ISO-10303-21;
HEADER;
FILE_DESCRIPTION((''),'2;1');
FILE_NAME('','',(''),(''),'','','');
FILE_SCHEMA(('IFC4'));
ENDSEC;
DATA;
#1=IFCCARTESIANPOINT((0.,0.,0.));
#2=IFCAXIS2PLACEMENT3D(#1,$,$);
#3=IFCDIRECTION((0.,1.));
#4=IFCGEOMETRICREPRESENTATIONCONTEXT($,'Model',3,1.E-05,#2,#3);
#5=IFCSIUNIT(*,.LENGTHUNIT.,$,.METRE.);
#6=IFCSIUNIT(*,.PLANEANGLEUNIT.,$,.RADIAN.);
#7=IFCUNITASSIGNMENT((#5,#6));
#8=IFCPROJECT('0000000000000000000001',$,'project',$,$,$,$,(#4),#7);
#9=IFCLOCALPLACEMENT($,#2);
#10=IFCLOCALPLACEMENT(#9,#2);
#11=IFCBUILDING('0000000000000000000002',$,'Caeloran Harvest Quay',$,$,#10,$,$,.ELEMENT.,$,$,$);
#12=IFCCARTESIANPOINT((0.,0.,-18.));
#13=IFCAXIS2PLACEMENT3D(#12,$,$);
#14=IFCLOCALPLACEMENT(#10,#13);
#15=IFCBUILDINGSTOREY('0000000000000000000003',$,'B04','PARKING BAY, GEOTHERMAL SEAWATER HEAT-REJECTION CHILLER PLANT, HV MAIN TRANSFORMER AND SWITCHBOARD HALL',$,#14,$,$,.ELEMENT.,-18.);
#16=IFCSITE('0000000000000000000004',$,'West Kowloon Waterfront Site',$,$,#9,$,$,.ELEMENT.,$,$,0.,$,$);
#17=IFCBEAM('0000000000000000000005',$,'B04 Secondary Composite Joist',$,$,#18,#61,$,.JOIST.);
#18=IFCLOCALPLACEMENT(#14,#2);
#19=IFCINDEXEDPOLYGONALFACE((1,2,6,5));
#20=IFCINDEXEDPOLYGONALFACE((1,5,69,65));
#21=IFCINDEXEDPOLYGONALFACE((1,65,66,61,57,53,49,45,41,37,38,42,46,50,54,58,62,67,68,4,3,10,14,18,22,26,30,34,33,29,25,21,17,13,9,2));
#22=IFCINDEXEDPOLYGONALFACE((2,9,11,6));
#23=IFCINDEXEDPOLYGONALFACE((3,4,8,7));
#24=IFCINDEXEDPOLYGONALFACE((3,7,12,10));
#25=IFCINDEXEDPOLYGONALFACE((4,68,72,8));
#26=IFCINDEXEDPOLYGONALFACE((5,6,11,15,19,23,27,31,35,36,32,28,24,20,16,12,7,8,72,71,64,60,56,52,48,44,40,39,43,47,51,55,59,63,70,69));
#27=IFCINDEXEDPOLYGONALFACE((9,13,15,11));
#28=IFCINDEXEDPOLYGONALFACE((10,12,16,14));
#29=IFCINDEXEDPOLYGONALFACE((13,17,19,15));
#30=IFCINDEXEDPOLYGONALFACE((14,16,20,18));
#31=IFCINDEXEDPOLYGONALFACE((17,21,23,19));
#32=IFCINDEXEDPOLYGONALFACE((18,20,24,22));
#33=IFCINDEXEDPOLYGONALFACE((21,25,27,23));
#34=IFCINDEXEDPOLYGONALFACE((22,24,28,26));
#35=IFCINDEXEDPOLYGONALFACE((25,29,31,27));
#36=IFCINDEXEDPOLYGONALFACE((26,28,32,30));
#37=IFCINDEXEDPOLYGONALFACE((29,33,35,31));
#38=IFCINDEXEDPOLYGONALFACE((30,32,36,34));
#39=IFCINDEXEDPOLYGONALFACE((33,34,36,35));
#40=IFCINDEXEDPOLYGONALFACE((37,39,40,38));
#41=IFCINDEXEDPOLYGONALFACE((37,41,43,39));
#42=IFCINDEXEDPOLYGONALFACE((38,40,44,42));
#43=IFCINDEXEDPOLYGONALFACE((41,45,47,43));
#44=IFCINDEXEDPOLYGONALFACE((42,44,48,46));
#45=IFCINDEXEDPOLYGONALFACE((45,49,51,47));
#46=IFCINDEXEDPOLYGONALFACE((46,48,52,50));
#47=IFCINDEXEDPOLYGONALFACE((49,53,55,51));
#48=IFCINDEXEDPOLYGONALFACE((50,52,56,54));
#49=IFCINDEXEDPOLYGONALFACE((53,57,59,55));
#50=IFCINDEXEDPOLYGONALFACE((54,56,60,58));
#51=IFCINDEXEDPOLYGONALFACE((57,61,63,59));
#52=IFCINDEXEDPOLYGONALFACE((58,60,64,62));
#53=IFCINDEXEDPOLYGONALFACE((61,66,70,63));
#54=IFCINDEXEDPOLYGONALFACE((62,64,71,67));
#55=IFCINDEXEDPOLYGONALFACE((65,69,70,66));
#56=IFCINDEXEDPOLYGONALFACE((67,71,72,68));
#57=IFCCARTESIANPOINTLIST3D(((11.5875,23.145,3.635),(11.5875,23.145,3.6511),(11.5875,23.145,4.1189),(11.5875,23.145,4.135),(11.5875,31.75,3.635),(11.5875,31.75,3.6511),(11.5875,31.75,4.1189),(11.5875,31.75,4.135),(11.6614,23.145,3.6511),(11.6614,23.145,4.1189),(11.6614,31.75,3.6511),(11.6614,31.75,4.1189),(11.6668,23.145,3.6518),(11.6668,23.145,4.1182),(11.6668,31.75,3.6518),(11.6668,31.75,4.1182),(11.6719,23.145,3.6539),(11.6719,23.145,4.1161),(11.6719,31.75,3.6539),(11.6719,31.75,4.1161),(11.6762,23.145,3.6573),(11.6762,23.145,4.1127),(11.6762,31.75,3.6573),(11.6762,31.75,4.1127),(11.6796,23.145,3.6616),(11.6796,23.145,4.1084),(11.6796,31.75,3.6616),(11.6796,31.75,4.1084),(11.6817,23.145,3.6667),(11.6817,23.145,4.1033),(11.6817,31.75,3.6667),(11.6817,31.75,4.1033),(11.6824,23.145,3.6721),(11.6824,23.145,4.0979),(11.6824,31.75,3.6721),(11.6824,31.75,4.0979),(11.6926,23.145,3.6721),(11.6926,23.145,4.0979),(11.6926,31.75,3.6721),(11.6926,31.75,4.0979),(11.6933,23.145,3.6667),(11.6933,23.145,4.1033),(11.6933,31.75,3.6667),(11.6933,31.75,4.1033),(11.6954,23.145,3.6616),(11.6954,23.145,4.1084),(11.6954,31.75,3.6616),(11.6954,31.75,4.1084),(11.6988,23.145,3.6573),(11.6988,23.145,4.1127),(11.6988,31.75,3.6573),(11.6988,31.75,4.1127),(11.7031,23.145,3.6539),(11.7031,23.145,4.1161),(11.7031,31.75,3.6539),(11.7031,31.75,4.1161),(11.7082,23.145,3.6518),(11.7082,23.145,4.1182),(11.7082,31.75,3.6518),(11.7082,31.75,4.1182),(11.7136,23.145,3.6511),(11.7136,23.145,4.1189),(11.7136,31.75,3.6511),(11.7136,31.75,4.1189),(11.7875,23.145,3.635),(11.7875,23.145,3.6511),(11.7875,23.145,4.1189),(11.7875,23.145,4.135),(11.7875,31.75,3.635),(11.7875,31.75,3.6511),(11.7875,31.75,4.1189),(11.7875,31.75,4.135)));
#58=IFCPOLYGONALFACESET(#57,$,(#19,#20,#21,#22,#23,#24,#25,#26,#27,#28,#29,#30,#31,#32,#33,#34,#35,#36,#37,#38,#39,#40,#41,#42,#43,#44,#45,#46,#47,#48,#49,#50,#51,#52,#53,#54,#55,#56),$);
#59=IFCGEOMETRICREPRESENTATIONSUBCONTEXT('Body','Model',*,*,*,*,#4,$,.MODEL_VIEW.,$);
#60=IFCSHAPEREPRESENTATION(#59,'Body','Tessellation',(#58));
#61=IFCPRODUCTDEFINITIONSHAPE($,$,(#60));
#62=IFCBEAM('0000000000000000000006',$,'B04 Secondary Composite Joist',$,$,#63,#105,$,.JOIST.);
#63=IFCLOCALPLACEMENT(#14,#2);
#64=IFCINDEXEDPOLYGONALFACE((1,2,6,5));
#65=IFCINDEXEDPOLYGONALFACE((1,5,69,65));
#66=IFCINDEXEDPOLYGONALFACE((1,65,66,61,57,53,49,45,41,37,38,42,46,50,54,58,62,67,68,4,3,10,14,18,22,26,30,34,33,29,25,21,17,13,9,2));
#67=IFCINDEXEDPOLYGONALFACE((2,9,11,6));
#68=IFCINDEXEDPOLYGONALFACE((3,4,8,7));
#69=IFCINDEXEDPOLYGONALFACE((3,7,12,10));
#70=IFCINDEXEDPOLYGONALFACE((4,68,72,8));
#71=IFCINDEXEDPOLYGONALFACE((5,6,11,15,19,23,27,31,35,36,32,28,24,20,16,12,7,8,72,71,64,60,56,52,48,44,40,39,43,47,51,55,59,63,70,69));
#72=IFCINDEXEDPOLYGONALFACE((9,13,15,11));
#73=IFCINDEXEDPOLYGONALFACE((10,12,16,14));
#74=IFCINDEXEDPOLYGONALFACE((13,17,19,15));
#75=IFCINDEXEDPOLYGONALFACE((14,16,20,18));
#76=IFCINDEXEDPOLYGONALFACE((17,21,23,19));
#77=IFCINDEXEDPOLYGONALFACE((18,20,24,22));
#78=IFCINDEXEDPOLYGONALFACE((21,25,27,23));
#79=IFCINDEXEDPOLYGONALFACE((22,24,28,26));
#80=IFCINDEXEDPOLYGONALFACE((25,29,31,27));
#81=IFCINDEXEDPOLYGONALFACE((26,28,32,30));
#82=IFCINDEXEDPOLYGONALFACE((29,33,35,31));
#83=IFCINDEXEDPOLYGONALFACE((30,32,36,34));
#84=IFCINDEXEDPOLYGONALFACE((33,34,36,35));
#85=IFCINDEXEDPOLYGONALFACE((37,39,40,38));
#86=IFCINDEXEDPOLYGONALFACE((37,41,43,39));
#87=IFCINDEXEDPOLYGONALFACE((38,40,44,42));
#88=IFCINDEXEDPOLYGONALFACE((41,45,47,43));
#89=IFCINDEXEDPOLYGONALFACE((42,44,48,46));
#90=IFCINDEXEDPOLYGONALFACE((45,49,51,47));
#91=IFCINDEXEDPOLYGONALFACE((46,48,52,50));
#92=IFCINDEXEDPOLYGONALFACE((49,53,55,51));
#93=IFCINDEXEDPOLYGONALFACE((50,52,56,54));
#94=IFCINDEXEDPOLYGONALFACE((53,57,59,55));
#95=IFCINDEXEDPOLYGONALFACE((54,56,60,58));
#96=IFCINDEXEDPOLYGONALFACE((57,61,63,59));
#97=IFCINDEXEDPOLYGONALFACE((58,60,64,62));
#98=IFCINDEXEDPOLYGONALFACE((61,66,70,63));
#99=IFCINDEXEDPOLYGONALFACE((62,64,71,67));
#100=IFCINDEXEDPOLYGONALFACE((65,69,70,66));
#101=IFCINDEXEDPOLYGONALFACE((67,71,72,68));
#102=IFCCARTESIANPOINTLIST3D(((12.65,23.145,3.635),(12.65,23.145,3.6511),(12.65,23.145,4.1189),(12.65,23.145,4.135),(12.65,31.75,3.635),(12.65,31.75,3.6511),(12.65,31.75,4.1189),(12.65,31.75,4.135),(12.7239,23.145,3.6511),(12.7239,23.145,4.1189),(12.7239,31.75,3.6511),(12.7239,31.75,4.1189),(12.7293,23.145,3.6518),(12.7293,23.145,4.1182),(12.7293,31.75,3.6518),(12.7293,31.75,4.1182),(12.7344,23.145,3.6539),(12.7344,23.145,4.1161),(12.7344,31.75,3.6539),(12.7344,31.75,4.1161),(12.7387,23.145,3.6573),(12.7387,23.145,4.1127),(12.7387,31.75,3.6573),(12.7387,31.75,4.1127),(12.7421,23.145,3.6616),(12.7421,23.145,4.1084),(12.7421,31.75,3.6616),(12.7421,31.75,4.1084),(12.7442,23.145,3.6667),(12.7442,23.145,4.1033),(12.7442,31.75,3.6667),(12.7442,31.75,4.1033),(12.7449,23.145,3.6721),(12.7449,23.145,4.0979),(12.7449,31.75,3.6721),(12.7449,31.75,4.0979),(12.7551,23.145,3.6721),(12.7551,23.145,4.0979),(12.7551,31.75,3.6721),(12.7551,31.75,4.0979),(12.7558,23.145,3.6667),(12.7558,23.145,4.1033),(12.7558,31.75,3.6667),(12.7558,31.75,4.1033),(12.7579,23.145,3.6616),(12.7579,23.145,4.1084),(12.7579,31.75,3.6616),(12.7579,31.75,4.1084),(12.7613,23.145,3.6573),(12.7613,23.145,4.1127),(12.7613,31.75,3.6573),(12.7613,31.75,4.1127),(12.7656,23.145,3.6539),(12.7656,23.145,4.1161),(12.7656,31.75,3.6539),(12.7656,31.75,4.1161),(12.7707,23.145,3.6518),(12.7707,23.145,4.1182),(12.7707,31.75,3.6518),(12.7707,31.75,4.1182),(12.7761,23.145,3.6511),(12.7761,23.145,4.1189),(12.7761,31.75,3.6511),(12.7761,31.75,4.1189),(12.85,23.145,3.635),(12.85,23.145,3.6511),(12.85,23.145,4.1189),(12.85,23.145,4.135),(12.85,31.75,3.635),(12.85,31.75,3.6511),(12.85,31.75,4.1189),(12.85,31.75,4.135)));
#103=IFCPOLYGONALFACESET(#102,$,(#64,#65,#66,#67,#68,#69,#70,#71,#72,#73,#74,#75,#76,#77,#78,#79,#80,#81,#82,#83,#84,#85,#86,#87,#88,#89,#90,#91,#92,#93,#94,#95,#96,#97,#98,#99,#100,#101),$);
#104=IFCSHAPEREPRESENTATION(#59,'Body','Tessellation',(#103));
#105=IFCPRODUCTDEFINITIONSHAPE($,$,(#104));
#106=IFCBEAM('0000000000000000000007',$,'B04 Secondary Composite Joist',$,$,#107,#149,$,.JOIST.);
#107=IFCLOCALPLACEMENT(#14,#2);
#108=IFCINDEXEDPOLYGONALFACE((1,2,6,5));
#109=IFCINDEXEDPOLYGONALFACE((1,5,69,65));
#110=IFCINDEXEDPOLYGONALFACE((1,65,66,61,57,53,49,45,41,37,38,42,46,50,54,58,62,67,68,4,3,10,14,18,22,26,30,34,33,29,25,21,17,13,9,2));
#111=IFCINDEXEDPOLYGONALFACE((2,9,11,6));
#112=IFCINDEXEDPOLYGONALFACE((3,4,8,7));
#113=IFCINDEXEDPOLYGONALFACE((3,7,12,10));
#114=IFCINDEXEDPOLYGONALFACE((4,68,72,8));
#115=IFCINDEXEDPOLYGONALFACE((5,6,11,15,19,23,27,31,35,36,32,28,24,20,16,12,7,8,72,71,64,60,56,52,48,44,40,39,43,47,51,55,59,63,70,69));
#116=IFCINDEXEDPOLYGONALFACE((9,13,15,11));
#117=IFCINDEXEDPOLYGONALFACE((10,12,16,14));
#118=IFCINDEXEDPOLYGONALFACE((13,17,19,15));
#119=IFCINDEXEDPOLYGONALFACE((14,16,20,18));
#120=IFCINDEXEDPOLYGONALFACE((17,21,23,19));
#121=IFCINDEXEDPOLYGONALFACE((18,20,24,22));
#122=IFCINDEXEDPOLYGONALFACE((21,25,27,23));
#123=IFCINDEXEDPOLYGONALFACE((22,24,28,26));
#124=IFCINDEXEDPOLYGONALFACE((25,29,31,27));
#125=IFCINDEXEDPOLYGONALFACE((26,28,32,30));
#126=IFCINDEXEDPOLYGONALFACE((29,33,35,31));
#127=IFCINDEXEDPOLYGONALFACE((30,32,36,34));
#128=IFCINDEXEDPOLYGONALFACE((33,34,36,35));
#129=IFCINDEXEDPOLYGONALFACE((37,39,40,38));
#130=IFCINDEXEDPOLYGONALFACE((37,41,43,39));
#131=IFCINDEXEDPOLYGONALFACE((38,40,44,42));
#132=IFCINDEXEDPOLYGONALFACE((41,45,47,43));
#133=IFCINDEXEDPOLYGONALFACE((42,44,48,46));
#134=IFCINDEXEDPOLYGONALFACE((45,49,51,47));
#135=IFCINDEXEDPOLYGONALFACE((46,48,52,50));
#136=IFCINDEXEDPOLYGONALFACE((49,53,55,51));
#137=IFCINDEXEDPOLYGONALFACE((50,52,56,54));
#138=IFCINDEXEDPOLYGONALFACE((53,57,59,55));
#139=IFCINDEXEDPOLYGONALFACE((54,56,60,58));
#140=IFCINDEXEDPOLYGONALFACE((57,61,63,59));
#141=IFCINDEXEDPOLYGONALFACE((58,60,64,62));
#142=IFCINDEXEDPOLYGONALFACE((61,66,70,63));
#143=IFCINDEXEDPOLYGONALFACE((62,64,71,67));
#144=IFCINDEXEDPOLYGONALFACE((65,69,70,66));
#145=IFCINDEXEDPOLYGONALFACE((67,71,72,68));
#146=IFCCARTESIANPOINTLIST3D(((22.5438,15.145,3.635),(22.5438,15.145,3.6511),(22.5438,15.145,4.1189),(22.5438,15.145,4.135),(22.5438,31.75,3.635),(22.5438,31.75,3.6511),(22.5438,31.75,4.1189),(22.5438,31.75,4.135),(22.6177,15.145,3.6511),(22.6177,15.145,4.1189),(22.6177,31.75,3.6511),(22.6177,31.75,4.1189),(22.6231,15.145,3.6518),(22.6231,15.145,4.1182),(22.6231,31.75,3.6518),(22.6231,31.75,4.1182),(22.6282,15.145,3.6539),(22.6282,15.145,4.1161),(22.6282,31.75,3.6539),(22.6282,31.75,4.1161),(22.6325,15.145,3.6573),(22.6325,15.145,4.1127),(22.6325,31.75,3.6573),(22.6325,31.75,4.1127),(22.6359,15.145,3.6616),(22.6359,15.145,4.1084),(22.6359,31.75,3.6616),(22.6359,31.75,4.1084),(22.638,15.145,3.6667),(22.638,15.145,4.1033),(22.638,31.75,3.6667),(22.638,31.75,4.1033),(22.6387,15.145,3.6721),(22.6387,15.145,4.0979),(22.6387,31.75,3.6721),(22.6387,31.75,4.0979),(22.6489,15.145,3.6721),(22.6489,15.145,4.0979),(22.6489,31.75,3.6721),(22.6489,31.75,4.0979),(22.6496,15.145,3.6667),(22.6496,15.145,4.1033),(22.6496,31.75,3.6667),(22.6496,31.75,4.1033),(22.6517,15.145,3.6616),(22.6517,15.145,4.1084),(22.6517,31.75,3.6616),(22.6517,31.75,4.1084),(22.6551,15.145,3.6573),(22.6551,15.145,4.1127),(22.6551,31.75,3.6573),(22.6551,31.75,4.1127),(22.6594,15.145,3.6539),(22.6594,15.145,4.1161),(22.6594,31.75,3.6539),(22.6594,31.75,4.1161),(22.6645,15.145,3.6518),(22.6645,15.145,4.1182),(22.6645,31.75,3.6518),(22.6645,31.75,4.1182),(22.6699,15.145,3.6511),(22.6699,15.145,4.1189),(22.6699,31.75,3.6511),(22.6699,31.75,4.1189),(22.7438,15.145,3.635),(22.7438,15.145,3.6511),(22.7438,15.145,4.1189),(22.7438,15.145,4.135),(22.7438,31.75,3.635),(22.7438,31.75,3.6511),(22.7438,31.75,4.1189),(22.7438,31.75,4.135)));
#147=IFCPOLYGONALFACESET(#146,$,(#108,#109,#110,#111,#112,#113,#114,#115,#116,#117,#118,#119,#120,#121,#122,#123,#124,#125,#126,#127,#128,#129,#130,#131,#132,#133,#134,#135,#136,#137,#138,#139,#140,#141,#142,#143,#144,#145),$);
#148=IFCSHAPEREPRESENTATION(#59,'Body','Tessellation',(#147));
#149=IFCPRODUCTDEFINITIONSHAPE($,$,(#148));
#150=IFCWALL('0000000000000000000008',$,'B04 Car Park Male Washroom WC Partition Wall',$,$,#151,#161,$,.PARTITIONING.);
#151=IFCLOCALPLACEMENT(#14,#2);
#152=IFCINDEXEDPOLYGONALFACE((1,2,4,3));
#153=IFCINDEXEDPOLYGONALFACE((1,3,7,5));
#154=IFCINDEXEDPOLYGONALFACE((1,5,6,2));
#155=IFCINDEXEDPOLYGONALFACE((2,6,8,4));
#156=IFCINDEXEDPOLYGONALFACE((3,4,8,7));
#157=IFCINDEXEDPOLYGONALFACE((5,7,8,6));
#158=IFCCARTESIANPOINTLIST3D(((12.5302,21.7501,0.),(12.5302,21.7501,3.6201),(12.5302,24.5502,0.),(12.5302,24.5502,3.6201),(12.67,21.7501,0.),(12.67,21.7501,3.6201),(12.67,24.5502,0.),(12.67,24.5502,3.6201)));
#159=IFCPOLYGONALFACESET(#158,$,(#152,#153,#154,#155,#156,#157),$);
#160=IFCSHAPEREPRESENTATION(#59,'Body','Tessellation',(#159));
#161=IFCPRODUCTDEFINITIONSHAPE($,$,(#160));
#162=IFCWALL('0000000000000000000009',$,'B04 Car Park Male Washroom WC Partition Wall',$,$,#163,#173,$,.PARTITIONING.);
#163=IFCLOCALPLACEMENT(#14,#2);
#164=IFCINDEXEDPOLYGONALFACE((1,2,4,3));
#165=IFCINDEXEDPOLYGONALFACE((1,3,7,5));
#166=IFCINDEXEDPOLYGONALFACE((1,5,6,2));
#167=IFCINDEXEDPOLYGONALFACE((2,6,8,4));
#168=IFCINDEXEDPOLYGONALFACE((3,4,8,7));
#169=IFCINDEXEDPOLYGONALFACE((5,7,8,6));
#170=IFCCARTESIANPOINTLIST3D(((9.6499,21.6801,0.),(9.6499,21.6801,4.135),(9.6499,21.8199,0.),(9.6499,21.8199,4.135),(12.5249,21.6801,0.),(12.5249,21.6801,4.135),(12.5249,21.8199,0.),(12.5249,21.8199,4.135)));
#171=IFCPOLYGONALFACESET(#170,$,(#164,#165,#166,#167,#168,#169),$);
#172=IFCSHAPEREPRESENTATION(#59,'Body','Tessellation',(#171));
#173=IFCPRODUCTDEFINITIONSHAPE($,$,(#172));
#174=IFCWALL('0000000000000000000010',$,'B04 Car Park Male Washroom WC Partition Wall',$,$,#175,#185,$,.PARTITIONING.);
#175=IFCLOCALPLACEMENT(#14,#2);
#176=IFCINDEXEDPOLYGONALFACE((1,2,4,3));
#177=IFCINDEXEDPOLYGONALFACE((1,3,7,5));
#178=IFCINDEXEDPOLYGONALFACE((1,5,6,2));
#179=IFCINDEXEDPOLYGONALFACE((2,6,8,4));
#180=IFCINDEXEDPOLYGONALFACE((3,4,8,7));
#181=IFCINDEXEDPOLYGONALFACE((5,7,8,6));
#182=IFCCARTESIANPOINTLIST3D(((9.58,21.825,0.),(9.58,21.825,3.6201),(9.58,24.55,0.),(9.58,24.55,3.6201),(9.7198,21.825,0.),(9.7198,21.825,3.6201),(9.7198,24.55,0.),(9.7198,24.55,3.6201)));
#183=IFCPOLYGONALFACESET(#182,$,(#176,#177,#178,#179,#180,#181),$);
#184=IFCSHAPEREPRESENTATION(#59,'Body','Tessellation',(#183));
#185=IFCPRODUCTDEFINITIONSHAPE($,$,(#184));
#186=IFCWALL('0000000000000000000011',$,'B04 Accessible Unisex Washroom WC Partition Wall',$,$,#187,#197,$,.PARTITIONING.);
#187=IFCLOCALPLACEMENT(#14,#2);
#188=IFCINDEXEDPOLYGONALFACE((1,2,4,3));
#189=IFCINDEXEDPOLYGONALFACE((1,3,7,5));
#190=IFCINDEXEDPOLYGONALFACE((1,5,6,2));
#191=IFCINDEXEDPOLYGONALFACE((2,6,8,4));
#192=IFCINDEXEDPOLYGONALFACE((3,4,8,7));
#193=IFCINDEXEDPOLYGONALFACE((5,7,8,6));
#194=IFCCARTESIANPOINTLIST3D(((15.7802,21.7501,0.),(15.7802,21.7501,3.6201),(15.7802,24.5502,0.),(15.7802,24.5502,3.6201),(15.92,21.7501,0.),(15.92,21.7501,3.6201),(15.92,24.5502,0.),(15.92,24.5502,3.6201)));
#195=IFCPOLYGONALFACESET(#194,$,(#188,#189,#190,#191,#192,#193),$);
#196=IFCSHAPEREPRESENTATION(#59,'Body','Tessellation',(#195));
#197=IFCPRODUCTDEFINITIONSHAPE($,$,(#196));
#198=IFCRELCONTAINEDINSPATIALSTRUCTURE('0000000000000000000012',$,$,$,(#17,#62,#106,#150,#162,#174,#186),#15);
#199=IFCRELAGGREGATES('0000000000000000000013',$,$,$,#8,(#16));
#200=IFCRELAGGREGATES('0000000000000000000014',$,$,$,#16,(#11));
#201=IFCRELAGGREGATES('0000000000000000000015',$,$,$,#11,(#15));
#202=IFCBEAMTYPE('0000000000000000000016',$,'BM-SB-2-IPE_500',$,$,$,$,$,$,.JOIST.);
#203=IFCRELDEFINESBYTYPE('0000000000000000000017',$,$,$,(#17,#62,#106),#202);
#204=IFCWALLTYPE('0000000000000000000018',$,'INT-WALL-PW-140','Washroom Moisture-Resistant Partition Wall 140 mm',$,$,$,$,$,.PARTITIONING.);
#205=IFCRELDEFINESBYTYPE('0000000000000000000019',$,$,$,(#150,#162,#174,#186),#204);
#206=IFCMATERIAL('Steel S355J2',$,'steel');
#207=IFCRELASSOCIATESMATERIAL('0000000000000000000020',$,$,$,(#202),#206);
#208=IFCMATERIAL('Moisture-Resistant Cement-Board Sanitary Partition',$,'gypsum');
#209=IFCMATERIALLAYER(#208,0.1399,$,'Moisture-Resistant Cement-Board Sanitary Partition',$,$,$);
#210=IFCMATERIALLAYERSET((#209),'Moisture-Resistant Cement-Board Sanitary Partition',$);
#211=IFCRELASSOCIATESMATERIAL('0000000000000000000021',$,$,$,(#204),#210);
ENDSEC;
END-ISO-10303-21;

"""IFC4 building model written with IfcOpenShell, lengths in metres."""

from ifc_helpers import new_model, si_unit, direction, frame, frame_2d, origin, origin_2d, place, context, subcontext, project, spatial, rectangle, i_section, extrude, material, layer, layer_set, material_profile, profile_set, type_object, element, save


model = new_model("IFC4")

# Units and contexts
model_context = context("Model", 3, precision=1e-05, world=origin(), true_north=direction((0.0, 1.0)))
body_context = subcontext(model_context, "Body", "Model", "MODEL_VIEW")
ifc_project = project(units=[si_unit("LENGTHUNIT", "METRE"), si_unit("PLANEANGLEUNIT", "RADIAN")], contexts=[model_context])

# Site, building, storey
site_placement = place(None, origin())
site = spatial("IfcSite", under=ifc_project, at=site_placement, Name="West Kowloon Waterfront Site", CompositionType="ELEMENT", RefElevation=0.0)
building_placement = place(site_placement, origin())
building = spatial("IfcBuilding", under=site, at=building_placement, Name="Caeloran Harvest Quay", CompositionType="ELEMENT")
storey_placement = place(building_placement, frame((0.0, 0.0, -18.0)))
storey = spatial("IfcBuildingStorey", under=building, at=storey_placement, Name="B04", Description="PARKING BAY, GEOTHERMAL SEAWATER HEAT-REJECTION CHILLER PLANT, HV MAIN TRANSFORMER AND SWITCHBOARD HALL", CompositionType="ELEMENT", Elevation=-18.0)

# Beams
ifc_material_1 = material(Name="Steel S355J2", Category="steel")
ifc_material_profile_1 = material_profile(ifc_material_1, i_section(OverallWidth=0.2, OverallDepth=0.5, WebThickness=0.0103, FlangeThickness=0.0161, FilletRadius=0.021, at=origin_2d()), Name="IPE 500")
ifc_profile_set_1 = profile_set([ifc_material_profile_1], Name="Steel S355J2")
beam_type_1 = type_object("IfcBeamType", Name="BM-SB-2-IPE_500", PredefinedType="JOIST", material=ifc_profile_set_1)
for number, where, z_axis, x_axis, name in (
    (1, (11.6875, 23.145, 3.885), (0.0, 1.0, 0.0), (-1.0, 0.0, 0.0), "B04 Secondary Composite Joist"),
    (2, (12.75, 23.145, 3.885), (0.0, 1.0, 0.0), (-1.0, 0.0, 0.0), "B04 Secondary Composite Joist"),
):
    element("IfcBeam", number, at=place(storey_placement, frame(where, z_axis=z_axis, x_axis=x_axis)), inside=storey, type_object=beam_type_1, Name=name, PredefinedType="JOIST", context=body_context, shape_type="SweptSolid", body=[
        extrude(i_section(OverallWidth=0.2, OverallDepth=0.5, WebThickness=0.0103, FlangeThickness=0.0161, FilletRadius=0.021, at=origin_2d()), origin(), (0.0, 0.0, 1.0), 8.605),
    ])
beam_1_placement = place(storey_placement, frame((22.6438, 15.145, 3.885), z_axis=(0.0, 1.0, 0.0), x_axis=(-1.0, 0.0, 0.0)))
element("IfcBeam", 3, at=beam_1_placement, inside=storey, type_object=beam_type_1, Name="B04 Secondary Composite Joist", PredefinedType="JOIST", context=body_context, shape_type="SweptSolid", body=[
    extrude(i_section(OverallWidth=0.2, OverallDepth=0.5, WebThickness=0.0103, FlangeThickness=0.0161, FilletRadius=0.021, at=origin_2d()), origin(), (0.0, 0.0, 1.0), 16.605),
])

# Walls
ifc_material_2 = material(Name="Moisture-Resistant Cement-Board Sanitary Partition", Category="gypsum")
ifc_layer_1 = layer(ifc_material_2, 0.1399, Name="Moisture-Resistant Cement-Board Sanitary Partition")
ifc_layer_set_1 = layer_set([ifc_layer_1], Name="Moisture-Resistant Cement-Board Sanitary Partition")
wall_type_1 = type_object("IfcWallType", Name="INT-WALL-PW-140", Description="Washroom Moisture-Resistant Partition Wall 140 mm", PredefinedType="PARTITIONING", material=ifc_layer_set_1)
wall_1_placement = place(storey_placement, frame((12.6001, 24.55, 0.0), z_axis=(0.0, 0.0, 1.0), x_axis=(0.0, -1.0, 0.0)))
element("IfcWall", 4, at=wall_1_placement, inside=storey, type_object=wall_type_1, Name="B04 Car Park Male Washroom WC Partition Wall", PredefinedType="PARTITIONING", context=body_context, shape_type="SweptSolid", body=[
    extrude(rectangle(XDim=2.8, YDim=0.1399, at=frame_2d((1.3999, 0.0))), origin(), (0.0, 0.0, 1.0), 3.6201),
])
wall_2_placement = place(storey_placement, frame((12.5249, 21.75, 0.0), z_axis=(0.0, 0.0, 1.0), x_axis=(-1.0, 0.0, 0.0)))
element("IfcWall", 5, at=wall_2_placement, inside=storey, type_object=wall_type_1, Name="B04 Car Park Male Washroom WC Partition Wall", PredefinedType="PARTITIONING", context=body_context, shape_type="SweptSolid", body=[
    extrude(rectangle(XDim=2.875, YDim=0.1399, at=frame_2d((1.4375, 0.0))), origin(), (0.0, 0.0, 1.0), 4.135),
])
wall_3_placement = place(storey_placement, frame((9.6499, 21.825, 0.0), z_axis=(0.0, 0.0, 1.0), x_axis=(0.0, 1.0, 0.0)))
element("IfcWall", 6, at=wall_3_placement, inside=storey, type_object=wall_type_1, Name="B04 Car Park Male Washroom WC Partition Wall", PredefinedType="PARTITIONING", context=body_context, shape_type="SweptSolid", body=[
    extrude(rectangle(XDim=2.7251, YDim=0.1399, at=frame_2d((1.3625, 0.0))), origin(), (0.0, 0.0, 1.0), 3.6201),
])

# Wall
wall_4_placement = place(storey_placement, frame((15.8501, 24.55, 0.0), z_axis=(0.0, 0.0, 1.0), x_axis=(0.0, -1.0, 0.0)))
element("IfcWall", 7, at=wall_4_placement, inside=storey, type_object=wall_type_1, Name="B04 Accessible Unisex Washroom WC Partition Wall", PredefinedType="PARTITIONING", context=body_context, shape_type="SweptSolid", body=[
    extrude(rectangle(XDim=2.8, YDim=0.1399, at=frame_2d((1.3999, 0.0))), origin(), (0.0, 0.0, 1.0), 3.6201),
])

save(model, "model.ifc")
